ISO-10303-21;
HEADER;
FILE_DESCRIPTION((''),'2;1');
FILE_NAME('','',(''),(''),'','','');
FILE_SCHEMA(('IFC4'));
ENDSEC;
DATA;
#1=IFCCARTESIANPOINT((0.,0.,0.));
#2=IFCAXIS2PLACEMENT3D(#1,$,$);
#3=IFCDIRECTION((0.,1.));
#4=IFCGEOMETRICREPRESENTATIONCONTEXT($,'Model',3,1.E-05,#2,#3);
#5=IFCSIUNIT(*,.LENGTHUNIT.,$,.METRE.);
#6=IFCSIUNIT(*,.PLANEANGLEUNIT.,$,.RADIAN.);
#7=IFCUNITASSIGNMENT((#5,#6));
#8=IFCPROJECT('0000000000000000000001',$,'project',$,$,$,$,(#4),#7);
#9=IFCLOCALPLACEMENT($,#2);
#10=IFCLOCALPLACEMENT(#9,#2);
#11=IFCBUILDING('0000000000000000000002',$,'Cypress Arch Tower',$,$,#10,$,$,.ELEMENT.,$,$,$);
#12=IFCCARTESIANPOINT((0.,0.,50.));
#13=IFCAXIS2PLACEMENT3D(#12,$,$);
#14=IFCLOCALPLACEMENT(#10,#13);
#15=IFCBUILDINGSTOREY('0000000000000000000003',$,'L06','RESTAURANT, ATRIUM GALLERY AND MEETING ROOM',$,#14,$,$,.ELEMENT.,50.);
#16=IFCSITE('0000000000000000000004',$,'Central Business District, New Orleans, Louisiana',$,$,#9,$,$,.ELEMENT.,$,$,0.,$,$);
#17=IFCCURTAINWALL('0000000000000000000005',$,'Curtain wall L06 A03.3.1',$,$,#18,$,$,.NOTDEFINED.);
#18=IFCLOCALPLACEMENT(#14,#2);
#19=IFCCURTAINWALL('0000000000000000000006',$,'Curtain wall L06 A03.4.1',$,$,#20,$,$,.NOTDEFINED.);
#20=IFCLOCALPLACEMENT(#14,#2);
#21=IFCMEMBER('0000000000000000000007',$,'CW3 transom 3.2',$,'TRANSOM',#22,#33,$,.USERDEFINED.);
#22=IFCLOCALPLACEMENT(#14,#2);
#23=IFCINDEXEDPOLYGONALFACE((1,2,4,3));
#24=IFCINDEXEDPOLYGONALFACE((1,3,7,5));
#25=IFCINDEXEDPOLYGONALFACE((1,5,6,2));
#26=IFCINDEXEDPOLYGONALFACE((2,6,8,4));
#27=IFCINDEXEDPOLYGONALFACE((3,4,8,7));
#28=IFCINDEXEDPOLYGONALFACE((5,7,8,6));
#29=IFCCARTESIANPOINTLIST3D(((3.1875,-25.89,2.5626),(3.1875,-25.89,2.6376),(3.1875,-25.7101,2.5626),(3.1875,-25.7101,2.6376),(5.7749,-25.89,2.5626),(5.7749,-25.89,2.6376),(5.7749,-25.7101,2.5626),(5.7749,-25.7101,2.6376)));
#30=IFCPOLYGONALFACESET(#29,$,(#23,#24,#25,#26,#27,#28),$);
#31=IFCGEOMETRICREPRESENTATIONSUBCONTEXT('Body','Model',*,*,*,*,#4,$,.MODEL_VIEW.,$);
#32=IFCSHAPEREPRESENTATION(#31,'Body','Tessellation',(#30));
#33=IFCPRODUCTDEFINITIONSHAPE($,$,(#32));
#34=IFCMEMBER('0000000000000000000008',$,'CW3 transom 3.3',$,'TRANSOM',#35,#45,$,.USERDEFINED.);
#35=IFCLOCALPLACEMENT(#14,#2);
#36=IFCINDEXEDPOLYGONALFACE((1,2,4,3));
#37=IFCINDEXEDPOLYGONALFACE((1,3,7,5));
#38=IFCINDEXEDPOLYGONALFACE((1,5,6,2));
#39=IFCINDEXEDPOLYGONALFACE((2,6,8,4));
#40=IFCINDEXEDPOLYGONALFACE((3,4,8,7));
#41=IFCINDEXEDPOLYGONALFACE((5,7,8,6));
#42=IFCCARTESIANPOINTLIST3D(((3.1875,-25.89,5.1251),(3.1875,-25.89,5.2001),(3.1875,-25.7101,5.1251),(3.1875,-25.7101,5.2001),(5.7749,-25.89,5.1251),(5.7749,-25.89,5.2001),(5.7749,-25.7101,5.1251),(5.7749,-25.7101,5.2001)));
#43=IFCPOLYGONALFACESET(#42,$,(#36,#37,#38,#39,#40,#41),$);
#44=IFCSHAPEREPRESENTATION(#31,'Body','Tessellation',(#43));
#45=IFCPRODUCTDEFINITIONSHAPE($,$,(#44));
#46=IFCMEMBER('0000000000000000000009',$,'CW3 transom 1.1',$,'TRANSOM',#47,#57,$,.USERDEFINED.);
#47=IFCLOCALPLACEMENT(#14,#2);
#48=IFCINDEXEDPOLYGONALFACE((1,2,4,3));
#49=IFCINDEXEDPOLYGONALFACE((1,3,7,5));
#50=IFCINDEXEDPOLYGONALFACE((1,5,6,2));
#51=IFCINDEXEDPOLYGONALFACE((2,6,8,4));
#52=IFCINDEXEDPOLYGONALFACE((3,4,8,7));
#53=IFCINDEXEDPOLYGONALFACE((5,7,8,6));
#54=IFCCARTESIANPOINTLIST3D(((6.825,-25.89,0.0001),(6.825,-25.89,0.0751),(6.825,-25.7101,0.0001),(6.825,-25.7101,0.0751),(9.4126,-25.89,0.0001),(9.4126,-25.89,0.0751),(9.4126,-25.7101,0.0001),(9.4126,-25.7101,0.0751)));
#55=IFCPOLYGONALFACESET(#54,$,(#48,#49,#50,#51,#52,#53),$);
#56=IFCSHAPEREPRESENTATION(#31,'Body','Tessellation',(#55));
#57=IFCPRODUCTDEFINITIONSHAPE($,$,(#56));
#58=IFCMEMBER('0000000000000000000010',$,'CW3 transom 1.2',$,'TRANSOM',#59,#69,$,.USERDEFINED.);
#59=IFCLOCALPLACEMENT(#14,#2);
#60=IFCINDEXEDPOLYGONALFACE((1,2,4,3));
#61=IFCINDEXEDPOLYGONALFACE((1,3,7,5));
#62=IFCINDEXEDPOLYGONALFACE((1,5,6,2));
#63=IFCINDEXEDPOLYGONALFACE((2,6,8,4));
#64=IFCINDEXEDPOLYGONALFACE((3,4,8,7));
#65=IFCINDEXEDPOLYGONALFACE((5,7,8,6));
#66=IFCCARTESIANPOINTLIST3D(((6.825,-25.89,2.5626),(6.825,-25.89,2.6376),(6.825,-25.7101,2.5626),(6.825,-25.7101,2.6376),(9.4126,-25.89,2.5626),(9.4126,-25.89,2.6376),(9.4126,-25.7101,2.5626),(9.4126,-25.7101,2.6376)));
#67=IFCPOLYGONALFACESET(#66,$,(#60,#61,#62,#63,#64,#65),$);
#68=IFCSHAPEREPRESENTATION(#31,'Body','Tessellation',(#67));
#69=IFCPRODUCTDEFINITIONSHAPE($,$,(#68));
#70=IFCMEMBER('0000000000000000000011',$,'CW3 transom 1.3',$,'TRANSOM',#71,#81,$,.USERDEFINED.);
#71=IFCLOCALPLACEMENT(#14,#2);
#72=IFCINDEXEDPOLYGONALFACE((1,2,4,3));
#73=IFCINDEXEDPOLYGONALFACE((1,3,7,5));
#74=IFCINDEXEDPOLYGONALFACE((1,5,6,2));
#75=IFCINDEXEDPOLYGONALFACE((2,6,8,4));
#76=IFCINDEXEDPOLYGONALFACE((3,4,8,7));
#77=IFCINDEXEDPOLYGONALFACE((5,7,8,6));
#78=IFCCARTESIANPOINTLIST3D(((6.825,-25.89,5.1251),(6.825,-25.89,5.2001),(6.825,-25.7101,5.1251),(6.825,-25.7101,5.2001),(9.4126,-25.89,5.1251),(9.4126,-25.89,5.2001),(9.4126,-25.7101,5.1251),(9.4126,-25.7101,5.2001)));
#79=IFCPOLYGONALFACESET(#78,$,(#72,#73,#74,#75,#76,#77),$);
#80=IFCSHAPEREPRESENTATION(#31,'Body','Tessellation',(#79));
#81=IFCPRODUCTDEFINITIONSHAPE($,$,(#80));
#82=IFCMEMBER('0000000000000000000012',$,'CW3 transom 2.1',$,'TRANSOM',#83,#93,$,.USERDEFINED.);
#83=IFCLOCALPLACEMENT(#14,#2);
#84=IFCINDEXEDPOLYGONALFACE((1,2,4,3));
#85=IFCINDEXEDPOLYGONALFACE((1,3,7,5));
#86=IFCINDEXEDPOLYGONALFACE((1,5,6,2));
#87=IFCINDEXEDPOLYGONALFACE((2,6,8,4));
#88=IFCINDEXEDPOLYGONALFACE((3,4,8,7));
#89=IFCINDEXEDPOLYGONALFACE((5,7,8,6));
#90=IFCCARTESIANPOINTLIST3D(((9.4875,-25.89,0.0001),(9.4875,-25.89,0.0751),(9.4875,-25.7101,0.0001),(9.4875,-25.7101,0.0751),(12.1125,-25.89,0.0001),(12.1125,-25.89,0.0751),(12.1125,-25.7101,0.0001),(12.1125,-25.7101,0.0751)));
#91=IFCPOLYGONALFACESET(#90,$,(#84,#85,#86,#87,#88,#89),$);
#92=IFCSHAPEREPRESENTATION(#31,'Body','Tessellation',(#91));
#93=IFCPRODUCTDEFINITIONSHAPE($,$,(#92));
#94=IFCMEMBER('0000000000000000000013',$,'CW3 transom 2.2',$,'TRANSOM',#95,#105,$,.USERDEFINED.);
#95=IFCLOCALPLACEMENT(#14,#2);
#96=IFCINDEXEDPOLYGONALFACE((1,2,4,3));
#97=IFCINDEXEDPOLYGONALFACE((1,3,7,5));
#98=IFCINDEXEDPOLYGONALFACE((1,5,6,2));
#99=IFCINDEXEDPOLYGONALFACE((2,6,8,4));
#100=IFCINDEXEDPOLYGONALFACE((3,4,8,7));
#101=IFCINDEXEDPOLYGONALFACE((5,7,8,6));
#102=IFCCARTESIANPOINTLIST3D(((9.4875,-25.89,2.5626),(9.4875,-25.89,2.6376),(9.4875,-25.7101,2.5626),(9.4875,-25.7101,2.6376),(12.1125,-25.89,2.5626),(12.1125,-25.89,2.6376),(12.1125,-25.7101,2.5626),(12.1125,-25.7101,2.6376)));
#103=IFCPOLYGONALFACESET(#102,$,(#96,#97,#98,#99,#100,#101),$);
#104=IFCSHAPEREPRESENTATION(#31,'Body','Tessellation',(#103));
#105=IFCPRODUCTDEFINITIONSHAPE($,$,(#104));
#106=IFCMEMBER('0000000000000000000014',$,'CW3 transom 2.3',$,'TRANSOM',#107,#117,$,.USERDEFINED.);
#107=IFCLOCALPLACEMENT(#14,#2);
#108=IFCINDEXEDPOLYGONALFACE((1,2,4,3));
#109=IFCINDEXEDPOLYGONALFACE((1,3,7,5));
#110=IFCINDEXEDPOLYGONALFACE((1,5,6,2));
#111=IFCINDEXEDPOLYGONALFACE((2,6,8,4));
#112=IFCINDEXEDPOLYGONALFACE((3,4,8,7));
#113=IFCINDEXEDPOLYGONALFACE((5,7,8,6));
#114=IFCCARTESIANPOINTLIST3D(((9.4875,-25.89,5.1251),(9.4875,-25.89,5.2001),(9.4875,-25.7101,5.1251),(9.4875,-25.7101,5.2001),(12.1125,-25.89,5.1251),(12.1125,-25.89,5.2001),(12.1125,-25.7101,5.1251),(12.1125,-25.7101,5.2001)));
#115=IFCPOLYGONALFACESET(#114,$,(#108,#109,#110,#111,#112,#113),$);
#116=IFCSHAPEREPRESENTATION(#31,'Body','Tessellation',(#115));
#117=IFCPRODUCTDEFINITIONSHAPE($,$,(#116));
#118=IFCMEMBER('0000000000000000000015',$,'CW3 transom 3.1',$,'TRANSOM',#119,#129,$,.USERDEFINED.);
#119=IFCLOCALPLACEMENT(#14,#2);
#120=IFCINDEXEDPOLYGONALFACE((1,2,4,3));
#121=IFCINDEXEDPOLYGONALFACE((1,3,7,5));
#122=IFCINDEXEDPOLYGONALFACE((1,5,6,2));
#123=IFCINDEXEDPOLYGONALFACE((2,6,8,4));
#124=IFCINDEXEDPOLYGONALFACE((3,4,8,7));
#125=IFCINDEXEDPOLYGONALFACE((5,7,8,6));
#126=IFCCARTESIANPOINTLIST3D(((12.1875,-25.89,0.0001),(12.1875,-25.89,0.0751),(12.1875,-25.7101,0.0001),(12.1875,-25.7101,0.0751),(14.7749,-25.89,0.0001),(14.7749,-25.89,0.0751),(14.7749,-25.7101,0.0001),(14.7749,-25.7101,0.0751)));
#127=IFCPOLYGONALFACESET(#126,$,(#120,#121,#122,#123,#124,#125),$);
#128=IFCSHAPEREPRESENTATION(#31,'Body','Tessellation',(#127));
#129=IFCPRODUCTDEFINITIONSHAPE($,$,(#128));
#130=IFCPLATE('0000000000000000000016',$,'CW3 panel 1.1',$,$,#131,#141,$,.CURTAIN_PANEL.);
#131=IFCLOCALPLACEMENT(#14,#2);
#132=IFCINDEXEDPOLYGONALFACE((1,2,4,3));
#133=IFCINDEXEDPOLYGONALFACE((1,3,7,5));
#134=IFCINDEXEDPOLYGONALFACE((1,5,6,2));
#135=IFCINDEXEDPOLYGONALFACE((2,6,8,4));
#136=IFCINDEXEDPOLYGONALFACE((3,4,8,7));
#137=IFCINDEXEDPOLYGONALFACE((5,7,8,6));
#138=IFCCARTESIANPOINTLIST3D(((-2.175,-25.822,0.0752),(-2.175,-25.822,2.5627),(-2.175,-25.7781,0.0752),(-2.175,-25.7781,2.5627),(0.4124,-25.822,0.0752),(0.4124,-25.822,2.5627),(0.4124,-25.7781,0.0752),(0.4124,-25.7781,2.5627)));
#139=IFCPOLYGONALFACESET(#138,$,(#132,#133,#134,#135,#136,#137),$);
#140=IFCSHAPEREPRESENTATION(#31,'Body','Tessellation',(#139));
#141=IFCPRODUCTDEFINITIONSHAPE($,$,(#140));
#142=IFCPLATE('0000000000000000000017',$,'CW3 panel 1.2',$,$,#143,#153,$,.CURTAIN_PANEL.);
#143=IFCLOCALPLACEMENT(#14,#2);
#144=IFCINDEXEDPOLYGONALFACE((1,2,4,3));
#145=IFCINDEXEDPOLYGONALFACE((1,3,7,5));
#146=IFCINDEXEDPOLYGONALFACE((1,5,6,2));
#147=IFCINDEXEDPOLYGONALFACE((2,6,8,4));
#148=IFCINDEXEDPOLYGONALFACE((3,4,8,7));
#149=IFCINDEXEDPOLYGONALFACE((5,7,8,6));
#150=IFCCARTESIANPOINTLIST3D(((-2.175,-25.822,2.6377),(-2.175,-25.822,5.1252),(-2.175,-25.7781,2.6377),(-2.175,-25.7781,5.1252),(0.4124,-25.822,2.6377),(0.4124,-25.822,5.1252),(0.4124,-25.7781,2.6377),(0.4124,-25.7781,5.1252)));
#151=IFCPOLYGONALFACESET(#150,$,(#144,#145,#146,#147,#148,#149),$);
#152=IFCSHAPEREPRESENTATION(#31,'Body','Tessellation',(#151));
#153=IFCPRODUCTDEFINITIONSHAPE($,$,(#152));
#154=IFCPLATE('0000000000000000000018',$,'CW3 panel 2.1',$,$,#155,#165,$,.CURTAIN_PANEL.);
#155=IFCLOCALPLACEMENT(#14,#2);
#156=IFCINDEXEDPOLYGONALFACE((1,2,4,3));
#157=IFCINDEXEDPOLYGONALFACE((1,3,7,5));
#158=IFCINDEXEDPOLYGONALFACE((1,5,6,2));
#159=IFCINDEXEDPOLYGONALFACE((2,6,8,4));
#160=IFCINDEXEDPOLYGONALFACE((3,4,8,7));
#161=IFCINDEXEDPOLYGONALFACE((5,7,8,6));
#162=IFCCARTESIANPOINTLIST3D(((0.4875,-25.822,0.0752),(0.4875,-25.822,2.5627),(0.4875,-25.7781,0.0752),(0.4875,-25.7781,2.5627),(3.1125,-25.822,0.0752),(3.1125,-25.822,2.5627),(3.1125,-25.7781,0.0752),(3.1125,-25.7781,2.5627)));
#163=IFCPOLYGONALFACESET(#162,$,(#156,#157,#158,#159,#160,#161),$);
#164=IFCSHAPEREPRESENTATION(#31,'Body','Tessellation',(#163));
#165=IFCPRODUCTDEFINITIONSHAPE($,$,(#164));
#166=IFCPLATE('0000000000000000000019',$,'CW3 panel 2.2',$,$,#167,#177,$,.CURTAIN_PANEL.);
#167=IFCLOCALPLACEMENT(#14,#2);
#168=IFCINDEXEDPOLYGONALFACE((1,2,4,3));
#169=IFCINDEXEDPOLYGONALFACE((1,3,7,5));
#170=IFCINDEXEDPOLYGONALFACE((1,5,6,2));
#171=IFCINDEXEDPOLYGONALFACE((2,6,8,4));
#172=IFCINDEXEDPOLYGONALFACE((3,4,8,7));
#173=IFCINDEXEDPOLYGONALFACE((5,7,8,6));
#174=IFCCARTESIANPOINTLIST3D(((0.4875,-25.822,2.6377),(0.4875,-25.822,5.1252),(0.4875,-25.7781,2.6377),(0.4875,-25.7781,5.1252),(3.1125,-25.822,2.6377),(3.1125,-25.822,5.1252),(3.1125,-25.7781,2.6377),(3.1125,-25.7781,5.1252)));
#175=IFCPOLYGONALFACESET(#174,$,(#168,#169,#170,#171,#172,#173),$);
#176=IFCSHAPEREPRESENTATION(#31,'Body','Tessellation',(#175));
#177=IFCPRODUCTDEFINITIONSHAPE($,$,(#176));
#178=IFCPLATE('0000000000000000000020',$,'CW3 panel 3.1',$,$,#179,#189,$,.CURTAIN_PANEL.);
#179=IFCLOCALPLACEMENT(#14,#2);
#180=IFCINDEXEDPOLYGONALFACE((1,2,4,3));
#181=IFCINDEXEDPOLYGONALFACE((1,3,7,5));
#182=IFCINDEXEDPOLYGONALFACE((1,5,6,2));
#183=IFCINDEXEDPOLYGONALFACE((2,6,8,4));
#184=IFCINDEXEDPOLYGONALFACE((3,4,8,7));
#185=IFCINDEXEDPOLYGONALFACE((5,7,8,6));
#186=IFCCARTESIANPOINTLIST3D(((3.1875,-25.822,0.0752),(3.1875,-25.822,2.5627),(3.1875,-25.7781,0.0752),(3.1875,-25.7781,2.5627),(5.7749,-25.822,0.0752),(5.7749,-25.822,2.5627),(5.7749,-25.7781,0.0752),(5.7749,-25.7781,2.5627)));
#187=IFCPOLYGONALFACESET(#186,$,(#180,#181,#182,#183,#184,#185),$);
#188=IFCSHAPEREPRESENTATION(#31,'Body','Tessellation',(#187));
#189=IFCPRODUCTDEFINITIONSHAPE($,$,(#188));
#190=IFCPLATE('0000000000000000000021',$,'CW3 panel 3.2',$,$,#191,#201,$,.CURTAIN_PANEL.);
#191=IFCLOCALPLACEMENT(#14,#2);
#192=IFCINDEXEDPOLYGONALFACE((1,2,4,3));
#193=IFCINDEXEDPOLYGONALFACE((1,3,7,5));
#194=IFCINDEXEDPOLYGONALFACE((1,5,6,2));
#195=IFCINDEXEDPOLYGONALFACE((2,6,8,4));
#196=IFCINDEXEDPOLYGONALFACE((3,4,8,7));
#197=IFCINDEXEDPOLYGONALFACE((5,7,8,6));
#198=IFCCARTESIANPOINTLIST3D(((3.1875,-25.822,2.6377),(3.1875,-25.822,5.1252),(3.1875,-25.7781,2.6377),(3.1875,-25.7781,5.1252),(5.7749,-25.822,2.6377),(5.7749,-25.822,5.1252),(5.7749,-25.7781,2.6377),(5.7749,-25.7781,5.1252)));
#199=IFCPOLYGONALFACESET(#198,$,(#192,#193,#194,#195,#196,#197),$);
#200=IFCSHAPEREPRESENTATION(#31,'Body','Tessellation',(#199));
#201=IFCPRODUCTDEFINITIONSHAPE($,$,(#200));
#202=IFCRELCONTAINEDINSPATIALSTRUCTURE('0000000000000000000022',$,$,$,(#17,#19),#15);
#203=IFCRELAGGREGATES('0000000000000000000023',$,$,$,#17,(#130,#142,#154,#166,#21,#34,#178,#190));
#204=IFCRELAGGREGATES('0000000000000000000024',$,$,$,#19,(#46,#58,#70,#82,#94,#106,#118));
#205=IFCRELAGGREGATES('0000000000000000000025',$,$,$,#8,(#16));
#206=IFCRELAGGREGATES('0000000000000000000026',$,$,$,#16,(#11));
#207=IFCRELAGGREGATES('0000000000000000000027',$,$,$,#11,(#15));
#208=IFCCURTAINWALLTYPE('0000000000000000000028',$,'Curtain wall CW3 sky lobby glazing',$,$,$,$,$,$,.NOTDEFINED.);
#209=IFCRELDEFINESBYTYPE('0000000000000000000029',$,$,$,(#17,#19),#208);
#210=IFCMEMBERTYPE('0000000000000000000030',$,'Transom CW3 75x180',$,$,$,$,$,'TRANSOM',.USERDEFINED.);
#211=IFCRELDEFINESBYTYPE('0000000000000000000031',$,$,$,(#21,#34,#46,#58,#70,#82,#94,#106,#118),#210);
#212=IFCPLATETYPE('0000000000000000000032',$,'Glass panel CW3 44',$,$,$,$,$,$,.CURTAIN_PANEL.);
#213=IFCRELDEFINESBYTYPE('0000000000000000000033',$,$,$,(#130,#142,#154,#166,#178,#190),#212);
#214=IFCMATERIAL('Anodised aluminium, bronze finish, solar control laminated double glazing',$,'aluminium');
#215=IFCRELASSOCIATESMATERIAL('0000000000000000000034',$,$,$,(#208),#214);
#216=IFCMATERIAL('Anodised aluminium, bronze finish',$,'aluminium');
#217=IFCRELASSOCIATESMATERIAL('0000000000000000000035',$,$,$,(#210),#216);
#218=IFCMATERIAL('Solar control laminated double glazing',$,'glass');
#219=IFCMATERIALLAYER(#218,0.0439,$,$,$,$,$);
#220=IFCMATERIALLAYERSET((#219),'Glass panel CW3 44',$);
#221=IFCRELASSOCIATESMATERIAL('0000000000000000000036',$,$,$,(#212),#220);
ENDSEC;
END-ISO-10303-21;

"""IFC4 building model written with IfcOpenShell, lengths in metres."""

from ifc_helpers import new_model, si_unit, direction, frame, origin, origin_2d, place, context, subcontext, project, spatial, rectangle, extrude, material, layer, layer_set, material_profile, profile_set, type_object, element, aggregate, save


model = new_model("IFC4")

# Units and contexts
model_context = context("Model", 3, precision=1e-05, world=origin(), true_north=direction((0.0, 1.0)))
body_context = subcontext(model_context, "Body", "Model", "MODEL_VIEW")
ifc_project = project(units=[si_unit("LENGTHUNIT", "METRE"), si_unit("PLANEANGLEUNIT", "RADIAN")], contexts=[model_context])

# Site, building, storey
site_placement = place(None, origin())
site = spatial("IfcSite", under=ifc_project, at=site_placement, Name="Central Business District, New Orleans, Louisiana", CompositionType="ELEMENT", RefElevation=0.0)
building_placement = place(site_placement, origin())
building = spatial("IfcBuilding", under=site, at=building_placement, Name="Cypress Arch Tower", CompositionType="ELEMENT")
storey_placement = place(building_placement, frame((0.0, 0.0, 50.0)))
storey = spatial("IfcBuildingStorey", under=building, at=storey_placement, Name="L06", Description="RESTAURANT, ATRIUM GALLERY AND MEETING ROOM", CompositionType="ELEMENT", Elevation=50.0)

# Shared definitions
ifc_material_1 = material(Name="Anodised aluminium, bronze finish, solar control laminated double glazing", Category="aluminium")
curtain_wall_type = type_object("IfcCurtainWallType", Name="Curtain wall CW3 sky lobby glazing", PredefinedType="NOTDEFINED", material=ifc_material_1)

# Curtain walls
curtain_wall_1_placement = place(storey_placement, origin())
curtain_wall_1 = element("IfcCurtainWall", 1, at=curtain_wall_1_placement, inside=storey, type_object=curtain_wall_type, Name="Curtain wall L06 A03.3.1", PredefinedType="NOTDEFINED")
curtain_wall_2_placement = place(storey_placement, origin())
curtain_wall_2 = element("IfcCurtainWall", 2, at=curtain_wall_2_placement, inside=storey, type_object=curtain_wall_type, Name="Curtain wall L06 A03.4.1", PredefinedType="NOTDEFINED")

# Members
ifc_material_2 = material(Name="Anodised aluminium, bronze finish", Category="aluminium")
ifc_material_profile_1 = material_profile(ifc_material_2, rectangle(XDim=0.1799, YDim=0.075, at=origin_2d()), Name="Transom 75x180")
ifc_profile_set_1 = profile_set([ifc_material_profile_1], Name="Anodised aluminium, bronze finish")
member_type_1 = type_object("IfcMemberType", Name="Transom CW3 75x180", ElementType="TRANSOM", PredefinedType="USERDEFINED", material=ifc_profile_set_1)
member_1_placement = place(storey_placement, frame((3.1875, -25.8, 2.6001), z_axis=(1.0, 0.0, 0.0), x_axis=(0.0, 1.0, 0.0)))
member_1 = element("IfcMember", 3, at=member_1_placement, type_object=member_type_1, Name="CW3 transom 3.2", ObjectType="TRANSOM", PredefinedType="USERDEFINED", context=body_context, shape_type="SweptSolid", body=[
    extrude(rectangle(XDim=0.1799, YDim=0.075, at=origin_2d()), origin(), (0.0, 0.0, 1.0), 2.5874),
])
member_2_placement = place(storey_placement, frame((3.1875, -25.8, 5.1626), z_axis=(1.0, 0.0, 0.0), x_axis=(0.0, 1.0, 0.0)))
member_2 = element("IfcMember", 4, at=member_2_placement, type_object=member_type_1, Name="CW3 transom 3.3", ObjectType="TRANSOM", PredefinedType="USERDEFINED", context=body_context, shape_type="SweptSolid", body=[
    extrude(rectangle(XDim=0.1799, YDim=0.075, at=origin_2d()), origin(), (0.0, 0.0, 1.0), 2.5874),
])
member_3_placement = place(storey_placement, frame((6.825, -25.8, 0.0376), z_axis=(1.0, 0.0, 0.0), x_axis=(0.0, 1.0, 0.0)))
member_3 = element("IfcMember", 5, at=member_3_placement, type_object=member_type_1, Name="CW3 transom 1.1", ObjectType="TRANSOM", PredefinedType="USERDEFINED", context=body_context, shape_type="SweptSolid", body=[
    extrude(rectangle(XDim=0.1799, YDim=0.075, at=origin_2d()), origin(), (0.0, 0.0, 1.0), 2.5876),
])
member_4_placement = place(storey_placement, frame((6.825, -25.8, 2.6001), z_axis=(1.0, 0.0, 0.0), x_axis=(0.0, 1.0, 0.0)))
member_4 = element("IfcMember", 6, at=member_4_placement, type_object=member_type_1, Name="CW3 transom 1.2", ObjectType="TRANSOM", PredefinedType="USERDEFINED", context=body_context, shape_type="SweptSolid", body=[
    extrude(rectangle(XDim=0.1799, YDim=0.075, at=origin_2d()), origin(), (0.0, 0.0, 1.0), 2.5876),
])
member_5_placement = place(storey_placement, frame((6.825, -25.8, 5.1626), z_axis=(1.0, 0.0, 0.0), x_axis=(0.0, 1.0, 0.0)))
member_5 = element("IfcMember", 7, at=member_5_placement, type_object=member_type_1, Name="CW3 transom 1.3", ObjectType="TRANSOM", PredefinedType="USERDEFINED", context=body_context, shape_type="SweptSolid", body=[
    extrude(rectangle(XDim=0.1799, YDim=0.075, at=origin_2d()), origin(), (0.0, 0.0, 1.0), 2.5876),
])
member_6_placement = place(storey_placement, frame((9.4875, -25.8, 0.0376), z_axis=(1.0, 0.0, 0.0), x_axis=(0.0, 1.0, 0.0)))
member_6 = element("IfcMember", 8, at=member_6_placement, type_object=member_type_1, Name="CW3 transom 2.1", ObjectType="TRANSOM", PredefinedType="USERDEFINED", context=body_context, shape_type="SweptSolid", body=[
    extrude(rectangle(XDim=0.1799, YDim=0.075, at=origin_2d()), origin(), (0.0, 0.0, 1.0), 2.625),
])
member_7_placement = place(storey_placement, frame((9.4875, -25.8, 2.6001), z_axis=(1.0, 0.0, 0.0), x_axis=(0.0, 1.0, 0.0)))
member_7 = element("IfcMember", 9, at=member_7_placement, type_object=member_type_1, Name="CW3 transom 2.2", ObjectType="TRANSOM", PredefinedType="USERDEFINED", context=body_context, shape_type="SweptSolid", body=[
    extrude(rectangle(XDim=0.1799, YDim=0.075, at=origin_2d()), origin(), (0.0, 0.0, 1.0), 2.625),
])
member_8_placement = place(storey_placement, frame((9.4875, -25.8, 5.1626), z_axis=(1.0, 0.0, 0.0), x_axis=(0.0, 1.0, 0.0)))
member_8 = element("IfcMember", 10, at=member_8_placement, type_object=member_type_1, Name="CW3 transom 2.3", ObjectType="TRANSOM", PredefinedType="USERDEFINED", context=body_context, shape_type="SweptSolid", body=[
    extrude(rectangle(XDim=0.1799, YDim=0.075, at=origin_2d()), origin(), (0.0, 0.0, 1.0), 2.625),
])
member_9_placement = place(storey_placement, frame((12.1875, -25.8, 0.0376), z_axis=(1.0, 0.0, 0.0), x_axis=(0.0, 1.0, 0.0)))
member_9 = element("IfcMember", 11, at=member_9_placement, type_object=member_type_1, Name="CW3 transom 3.1", ObjectType="TRANSOM", PredefinedType="USERDEFINED", context=body_context, shape_type="SweptSolid", body=[
    extrude(rectangle(XDim=0.1799, YDim=0.075, at=origin_2d()), origin(), (0.0, 0.0, 1.0), 2.5874),
])

# Plates
ifc_material_3 = material(Name="Solar control laminated double glazing", Category="glass")
ifc_layer = layer(ifc_material_3, 0.0439)
ifc_layer_set = layer_set([ifc_layer], Name="Glass panel CW3 44")
plate_type = type_object("IfcPlateType", Name="Glass panel CW3 44", PredefinedType="CURTAIN_PANEL", material=ifc_layer_set)
plate_1_placement = place(storey_placement, frame((-0.8813, -25.8, 0.0752), z_axis=(0.0, 0.0, 1.0), x_axis=(1.0, 0.0, 0.0)))
plate_1 = element("IfcPlate", 12, at=plate_1_placement, type_object=plate_type, Name="CW3 panel 1.1", PredefinedType="CURTAIN_PANEL", context=body_context, shape_type="SweptSolid", body=[
    extrude(rectangle(XDim=2.5874, YDim=0.0439, at=origin_2d()), origin(), (0.0, 0.0, 1.0), 2.4875),
])
plate_2_placement = place(storey_placement, frame((-0.8813, -25.8, 2.6377), z_axis=(0.0, 0.0, 1.0), x_axis=(1.0, 0.0, 0.0)))
plate_2 = element("IfcPlate", 13, at=plate_2_placement, type_object=plate_type, Name="CW3 panel 1.2", PredefinedType="CURTAIN_PANEL", context=body_context, shape_type="SweptSolid", body=[
    extrude(rectangle(XDim=2.5874, YDim=0.0439, at=origin_2d()), origin(), (0.0, 0.0, 1.0), 2.4875),
])
plate_3_placement = place(storey_placement, frame((1.8, -25.8, 0.0752), z_axis=(0.0, 0.0, 1.0), x_axis=(1.0, 0.0, 0.0)))
plate_3 = element("IfcPlate", 14, at=plate_3_placement, type_object=plate_type, Name="CW3 panel 2.1", PredefinedType="CURTAIN_PANEL", context=body_context, shape_type="SweptSolid", body=[
    extrude(rectangle(XDim=2.625, YDim=0.0439, at=origin_2d()), origin(), (0.0, 0.0, 1.0), 2.4875),
])
plate_4_placement = place(storey_placement, frame((1.8, -25.8, 2.6377), z_axis=(0.0, 0.0, 1.0), x_axis=(1.0, 0.0, 0.0)))
plate_4 = element("IfcPlate", 15, at=plate_4_placement, type_object=plate_type, Name="CW3 panel 2.2", PredefinedType="CURTAIN_PANEL", context=body_context, shape_type="SweptSolid", body=[
    extrude(rectangle(XDim=2.625, YDim=0.0439, at=origin_2d()), origin(), (0.0, 0.0, 1.0), 2.4875),
])
plate_5_placement = place(storey_placement, frame((4.4812, -25.8, 0.0752), z_axis=(0.0, 0.0, 1.0), x_axis=(1.0, 0.0, 0.0)))
plate_5 = element("IfcPlate", 16, at=plate_5_placement, type_object=plate_type, Name="CW3 panel 3.1", PredefinedType="CURTAIN_PANEL", context=body_context, shape_type="SweptSolid", body=[
    extrude(rectangle(XDim=2.5874, YDim=0.0439, at=origin_2d()), origin(), (0.0, 0.0, 1.0), 2.4875),
])
plate_6_placement = place(storey_placement, frame((4.4812, -25.8, 2.6377), z_axis=(0.0, 0.0, 1.0), x_axis=(1.0, 0.0, 0.0)))
plate_6 = element("IfcPlate", 17, at=plate_6_placement, type_object=plate_type, Name="CW3 panel 3.2", PredefinedType="CURTAIN_PANEL", context=body_context, shape_type="SweptSolid", body=[
    extrude(rectangle(XDim=2.5874, YDim=0.0439, at=origin_2d()), origin(), (0.0, 0.0, 1.0), 2.4875),
])
aggregate(curtain_wall_1, [plate_1, plate_2, plate_3, plate_4, member_1, member_2, plate_5, plate_6])
aggregate(curtain_wall_2, [member_3, member_4, member_5, member_6, member_7, member_8, member_9])

save(model, "model.ifc")
